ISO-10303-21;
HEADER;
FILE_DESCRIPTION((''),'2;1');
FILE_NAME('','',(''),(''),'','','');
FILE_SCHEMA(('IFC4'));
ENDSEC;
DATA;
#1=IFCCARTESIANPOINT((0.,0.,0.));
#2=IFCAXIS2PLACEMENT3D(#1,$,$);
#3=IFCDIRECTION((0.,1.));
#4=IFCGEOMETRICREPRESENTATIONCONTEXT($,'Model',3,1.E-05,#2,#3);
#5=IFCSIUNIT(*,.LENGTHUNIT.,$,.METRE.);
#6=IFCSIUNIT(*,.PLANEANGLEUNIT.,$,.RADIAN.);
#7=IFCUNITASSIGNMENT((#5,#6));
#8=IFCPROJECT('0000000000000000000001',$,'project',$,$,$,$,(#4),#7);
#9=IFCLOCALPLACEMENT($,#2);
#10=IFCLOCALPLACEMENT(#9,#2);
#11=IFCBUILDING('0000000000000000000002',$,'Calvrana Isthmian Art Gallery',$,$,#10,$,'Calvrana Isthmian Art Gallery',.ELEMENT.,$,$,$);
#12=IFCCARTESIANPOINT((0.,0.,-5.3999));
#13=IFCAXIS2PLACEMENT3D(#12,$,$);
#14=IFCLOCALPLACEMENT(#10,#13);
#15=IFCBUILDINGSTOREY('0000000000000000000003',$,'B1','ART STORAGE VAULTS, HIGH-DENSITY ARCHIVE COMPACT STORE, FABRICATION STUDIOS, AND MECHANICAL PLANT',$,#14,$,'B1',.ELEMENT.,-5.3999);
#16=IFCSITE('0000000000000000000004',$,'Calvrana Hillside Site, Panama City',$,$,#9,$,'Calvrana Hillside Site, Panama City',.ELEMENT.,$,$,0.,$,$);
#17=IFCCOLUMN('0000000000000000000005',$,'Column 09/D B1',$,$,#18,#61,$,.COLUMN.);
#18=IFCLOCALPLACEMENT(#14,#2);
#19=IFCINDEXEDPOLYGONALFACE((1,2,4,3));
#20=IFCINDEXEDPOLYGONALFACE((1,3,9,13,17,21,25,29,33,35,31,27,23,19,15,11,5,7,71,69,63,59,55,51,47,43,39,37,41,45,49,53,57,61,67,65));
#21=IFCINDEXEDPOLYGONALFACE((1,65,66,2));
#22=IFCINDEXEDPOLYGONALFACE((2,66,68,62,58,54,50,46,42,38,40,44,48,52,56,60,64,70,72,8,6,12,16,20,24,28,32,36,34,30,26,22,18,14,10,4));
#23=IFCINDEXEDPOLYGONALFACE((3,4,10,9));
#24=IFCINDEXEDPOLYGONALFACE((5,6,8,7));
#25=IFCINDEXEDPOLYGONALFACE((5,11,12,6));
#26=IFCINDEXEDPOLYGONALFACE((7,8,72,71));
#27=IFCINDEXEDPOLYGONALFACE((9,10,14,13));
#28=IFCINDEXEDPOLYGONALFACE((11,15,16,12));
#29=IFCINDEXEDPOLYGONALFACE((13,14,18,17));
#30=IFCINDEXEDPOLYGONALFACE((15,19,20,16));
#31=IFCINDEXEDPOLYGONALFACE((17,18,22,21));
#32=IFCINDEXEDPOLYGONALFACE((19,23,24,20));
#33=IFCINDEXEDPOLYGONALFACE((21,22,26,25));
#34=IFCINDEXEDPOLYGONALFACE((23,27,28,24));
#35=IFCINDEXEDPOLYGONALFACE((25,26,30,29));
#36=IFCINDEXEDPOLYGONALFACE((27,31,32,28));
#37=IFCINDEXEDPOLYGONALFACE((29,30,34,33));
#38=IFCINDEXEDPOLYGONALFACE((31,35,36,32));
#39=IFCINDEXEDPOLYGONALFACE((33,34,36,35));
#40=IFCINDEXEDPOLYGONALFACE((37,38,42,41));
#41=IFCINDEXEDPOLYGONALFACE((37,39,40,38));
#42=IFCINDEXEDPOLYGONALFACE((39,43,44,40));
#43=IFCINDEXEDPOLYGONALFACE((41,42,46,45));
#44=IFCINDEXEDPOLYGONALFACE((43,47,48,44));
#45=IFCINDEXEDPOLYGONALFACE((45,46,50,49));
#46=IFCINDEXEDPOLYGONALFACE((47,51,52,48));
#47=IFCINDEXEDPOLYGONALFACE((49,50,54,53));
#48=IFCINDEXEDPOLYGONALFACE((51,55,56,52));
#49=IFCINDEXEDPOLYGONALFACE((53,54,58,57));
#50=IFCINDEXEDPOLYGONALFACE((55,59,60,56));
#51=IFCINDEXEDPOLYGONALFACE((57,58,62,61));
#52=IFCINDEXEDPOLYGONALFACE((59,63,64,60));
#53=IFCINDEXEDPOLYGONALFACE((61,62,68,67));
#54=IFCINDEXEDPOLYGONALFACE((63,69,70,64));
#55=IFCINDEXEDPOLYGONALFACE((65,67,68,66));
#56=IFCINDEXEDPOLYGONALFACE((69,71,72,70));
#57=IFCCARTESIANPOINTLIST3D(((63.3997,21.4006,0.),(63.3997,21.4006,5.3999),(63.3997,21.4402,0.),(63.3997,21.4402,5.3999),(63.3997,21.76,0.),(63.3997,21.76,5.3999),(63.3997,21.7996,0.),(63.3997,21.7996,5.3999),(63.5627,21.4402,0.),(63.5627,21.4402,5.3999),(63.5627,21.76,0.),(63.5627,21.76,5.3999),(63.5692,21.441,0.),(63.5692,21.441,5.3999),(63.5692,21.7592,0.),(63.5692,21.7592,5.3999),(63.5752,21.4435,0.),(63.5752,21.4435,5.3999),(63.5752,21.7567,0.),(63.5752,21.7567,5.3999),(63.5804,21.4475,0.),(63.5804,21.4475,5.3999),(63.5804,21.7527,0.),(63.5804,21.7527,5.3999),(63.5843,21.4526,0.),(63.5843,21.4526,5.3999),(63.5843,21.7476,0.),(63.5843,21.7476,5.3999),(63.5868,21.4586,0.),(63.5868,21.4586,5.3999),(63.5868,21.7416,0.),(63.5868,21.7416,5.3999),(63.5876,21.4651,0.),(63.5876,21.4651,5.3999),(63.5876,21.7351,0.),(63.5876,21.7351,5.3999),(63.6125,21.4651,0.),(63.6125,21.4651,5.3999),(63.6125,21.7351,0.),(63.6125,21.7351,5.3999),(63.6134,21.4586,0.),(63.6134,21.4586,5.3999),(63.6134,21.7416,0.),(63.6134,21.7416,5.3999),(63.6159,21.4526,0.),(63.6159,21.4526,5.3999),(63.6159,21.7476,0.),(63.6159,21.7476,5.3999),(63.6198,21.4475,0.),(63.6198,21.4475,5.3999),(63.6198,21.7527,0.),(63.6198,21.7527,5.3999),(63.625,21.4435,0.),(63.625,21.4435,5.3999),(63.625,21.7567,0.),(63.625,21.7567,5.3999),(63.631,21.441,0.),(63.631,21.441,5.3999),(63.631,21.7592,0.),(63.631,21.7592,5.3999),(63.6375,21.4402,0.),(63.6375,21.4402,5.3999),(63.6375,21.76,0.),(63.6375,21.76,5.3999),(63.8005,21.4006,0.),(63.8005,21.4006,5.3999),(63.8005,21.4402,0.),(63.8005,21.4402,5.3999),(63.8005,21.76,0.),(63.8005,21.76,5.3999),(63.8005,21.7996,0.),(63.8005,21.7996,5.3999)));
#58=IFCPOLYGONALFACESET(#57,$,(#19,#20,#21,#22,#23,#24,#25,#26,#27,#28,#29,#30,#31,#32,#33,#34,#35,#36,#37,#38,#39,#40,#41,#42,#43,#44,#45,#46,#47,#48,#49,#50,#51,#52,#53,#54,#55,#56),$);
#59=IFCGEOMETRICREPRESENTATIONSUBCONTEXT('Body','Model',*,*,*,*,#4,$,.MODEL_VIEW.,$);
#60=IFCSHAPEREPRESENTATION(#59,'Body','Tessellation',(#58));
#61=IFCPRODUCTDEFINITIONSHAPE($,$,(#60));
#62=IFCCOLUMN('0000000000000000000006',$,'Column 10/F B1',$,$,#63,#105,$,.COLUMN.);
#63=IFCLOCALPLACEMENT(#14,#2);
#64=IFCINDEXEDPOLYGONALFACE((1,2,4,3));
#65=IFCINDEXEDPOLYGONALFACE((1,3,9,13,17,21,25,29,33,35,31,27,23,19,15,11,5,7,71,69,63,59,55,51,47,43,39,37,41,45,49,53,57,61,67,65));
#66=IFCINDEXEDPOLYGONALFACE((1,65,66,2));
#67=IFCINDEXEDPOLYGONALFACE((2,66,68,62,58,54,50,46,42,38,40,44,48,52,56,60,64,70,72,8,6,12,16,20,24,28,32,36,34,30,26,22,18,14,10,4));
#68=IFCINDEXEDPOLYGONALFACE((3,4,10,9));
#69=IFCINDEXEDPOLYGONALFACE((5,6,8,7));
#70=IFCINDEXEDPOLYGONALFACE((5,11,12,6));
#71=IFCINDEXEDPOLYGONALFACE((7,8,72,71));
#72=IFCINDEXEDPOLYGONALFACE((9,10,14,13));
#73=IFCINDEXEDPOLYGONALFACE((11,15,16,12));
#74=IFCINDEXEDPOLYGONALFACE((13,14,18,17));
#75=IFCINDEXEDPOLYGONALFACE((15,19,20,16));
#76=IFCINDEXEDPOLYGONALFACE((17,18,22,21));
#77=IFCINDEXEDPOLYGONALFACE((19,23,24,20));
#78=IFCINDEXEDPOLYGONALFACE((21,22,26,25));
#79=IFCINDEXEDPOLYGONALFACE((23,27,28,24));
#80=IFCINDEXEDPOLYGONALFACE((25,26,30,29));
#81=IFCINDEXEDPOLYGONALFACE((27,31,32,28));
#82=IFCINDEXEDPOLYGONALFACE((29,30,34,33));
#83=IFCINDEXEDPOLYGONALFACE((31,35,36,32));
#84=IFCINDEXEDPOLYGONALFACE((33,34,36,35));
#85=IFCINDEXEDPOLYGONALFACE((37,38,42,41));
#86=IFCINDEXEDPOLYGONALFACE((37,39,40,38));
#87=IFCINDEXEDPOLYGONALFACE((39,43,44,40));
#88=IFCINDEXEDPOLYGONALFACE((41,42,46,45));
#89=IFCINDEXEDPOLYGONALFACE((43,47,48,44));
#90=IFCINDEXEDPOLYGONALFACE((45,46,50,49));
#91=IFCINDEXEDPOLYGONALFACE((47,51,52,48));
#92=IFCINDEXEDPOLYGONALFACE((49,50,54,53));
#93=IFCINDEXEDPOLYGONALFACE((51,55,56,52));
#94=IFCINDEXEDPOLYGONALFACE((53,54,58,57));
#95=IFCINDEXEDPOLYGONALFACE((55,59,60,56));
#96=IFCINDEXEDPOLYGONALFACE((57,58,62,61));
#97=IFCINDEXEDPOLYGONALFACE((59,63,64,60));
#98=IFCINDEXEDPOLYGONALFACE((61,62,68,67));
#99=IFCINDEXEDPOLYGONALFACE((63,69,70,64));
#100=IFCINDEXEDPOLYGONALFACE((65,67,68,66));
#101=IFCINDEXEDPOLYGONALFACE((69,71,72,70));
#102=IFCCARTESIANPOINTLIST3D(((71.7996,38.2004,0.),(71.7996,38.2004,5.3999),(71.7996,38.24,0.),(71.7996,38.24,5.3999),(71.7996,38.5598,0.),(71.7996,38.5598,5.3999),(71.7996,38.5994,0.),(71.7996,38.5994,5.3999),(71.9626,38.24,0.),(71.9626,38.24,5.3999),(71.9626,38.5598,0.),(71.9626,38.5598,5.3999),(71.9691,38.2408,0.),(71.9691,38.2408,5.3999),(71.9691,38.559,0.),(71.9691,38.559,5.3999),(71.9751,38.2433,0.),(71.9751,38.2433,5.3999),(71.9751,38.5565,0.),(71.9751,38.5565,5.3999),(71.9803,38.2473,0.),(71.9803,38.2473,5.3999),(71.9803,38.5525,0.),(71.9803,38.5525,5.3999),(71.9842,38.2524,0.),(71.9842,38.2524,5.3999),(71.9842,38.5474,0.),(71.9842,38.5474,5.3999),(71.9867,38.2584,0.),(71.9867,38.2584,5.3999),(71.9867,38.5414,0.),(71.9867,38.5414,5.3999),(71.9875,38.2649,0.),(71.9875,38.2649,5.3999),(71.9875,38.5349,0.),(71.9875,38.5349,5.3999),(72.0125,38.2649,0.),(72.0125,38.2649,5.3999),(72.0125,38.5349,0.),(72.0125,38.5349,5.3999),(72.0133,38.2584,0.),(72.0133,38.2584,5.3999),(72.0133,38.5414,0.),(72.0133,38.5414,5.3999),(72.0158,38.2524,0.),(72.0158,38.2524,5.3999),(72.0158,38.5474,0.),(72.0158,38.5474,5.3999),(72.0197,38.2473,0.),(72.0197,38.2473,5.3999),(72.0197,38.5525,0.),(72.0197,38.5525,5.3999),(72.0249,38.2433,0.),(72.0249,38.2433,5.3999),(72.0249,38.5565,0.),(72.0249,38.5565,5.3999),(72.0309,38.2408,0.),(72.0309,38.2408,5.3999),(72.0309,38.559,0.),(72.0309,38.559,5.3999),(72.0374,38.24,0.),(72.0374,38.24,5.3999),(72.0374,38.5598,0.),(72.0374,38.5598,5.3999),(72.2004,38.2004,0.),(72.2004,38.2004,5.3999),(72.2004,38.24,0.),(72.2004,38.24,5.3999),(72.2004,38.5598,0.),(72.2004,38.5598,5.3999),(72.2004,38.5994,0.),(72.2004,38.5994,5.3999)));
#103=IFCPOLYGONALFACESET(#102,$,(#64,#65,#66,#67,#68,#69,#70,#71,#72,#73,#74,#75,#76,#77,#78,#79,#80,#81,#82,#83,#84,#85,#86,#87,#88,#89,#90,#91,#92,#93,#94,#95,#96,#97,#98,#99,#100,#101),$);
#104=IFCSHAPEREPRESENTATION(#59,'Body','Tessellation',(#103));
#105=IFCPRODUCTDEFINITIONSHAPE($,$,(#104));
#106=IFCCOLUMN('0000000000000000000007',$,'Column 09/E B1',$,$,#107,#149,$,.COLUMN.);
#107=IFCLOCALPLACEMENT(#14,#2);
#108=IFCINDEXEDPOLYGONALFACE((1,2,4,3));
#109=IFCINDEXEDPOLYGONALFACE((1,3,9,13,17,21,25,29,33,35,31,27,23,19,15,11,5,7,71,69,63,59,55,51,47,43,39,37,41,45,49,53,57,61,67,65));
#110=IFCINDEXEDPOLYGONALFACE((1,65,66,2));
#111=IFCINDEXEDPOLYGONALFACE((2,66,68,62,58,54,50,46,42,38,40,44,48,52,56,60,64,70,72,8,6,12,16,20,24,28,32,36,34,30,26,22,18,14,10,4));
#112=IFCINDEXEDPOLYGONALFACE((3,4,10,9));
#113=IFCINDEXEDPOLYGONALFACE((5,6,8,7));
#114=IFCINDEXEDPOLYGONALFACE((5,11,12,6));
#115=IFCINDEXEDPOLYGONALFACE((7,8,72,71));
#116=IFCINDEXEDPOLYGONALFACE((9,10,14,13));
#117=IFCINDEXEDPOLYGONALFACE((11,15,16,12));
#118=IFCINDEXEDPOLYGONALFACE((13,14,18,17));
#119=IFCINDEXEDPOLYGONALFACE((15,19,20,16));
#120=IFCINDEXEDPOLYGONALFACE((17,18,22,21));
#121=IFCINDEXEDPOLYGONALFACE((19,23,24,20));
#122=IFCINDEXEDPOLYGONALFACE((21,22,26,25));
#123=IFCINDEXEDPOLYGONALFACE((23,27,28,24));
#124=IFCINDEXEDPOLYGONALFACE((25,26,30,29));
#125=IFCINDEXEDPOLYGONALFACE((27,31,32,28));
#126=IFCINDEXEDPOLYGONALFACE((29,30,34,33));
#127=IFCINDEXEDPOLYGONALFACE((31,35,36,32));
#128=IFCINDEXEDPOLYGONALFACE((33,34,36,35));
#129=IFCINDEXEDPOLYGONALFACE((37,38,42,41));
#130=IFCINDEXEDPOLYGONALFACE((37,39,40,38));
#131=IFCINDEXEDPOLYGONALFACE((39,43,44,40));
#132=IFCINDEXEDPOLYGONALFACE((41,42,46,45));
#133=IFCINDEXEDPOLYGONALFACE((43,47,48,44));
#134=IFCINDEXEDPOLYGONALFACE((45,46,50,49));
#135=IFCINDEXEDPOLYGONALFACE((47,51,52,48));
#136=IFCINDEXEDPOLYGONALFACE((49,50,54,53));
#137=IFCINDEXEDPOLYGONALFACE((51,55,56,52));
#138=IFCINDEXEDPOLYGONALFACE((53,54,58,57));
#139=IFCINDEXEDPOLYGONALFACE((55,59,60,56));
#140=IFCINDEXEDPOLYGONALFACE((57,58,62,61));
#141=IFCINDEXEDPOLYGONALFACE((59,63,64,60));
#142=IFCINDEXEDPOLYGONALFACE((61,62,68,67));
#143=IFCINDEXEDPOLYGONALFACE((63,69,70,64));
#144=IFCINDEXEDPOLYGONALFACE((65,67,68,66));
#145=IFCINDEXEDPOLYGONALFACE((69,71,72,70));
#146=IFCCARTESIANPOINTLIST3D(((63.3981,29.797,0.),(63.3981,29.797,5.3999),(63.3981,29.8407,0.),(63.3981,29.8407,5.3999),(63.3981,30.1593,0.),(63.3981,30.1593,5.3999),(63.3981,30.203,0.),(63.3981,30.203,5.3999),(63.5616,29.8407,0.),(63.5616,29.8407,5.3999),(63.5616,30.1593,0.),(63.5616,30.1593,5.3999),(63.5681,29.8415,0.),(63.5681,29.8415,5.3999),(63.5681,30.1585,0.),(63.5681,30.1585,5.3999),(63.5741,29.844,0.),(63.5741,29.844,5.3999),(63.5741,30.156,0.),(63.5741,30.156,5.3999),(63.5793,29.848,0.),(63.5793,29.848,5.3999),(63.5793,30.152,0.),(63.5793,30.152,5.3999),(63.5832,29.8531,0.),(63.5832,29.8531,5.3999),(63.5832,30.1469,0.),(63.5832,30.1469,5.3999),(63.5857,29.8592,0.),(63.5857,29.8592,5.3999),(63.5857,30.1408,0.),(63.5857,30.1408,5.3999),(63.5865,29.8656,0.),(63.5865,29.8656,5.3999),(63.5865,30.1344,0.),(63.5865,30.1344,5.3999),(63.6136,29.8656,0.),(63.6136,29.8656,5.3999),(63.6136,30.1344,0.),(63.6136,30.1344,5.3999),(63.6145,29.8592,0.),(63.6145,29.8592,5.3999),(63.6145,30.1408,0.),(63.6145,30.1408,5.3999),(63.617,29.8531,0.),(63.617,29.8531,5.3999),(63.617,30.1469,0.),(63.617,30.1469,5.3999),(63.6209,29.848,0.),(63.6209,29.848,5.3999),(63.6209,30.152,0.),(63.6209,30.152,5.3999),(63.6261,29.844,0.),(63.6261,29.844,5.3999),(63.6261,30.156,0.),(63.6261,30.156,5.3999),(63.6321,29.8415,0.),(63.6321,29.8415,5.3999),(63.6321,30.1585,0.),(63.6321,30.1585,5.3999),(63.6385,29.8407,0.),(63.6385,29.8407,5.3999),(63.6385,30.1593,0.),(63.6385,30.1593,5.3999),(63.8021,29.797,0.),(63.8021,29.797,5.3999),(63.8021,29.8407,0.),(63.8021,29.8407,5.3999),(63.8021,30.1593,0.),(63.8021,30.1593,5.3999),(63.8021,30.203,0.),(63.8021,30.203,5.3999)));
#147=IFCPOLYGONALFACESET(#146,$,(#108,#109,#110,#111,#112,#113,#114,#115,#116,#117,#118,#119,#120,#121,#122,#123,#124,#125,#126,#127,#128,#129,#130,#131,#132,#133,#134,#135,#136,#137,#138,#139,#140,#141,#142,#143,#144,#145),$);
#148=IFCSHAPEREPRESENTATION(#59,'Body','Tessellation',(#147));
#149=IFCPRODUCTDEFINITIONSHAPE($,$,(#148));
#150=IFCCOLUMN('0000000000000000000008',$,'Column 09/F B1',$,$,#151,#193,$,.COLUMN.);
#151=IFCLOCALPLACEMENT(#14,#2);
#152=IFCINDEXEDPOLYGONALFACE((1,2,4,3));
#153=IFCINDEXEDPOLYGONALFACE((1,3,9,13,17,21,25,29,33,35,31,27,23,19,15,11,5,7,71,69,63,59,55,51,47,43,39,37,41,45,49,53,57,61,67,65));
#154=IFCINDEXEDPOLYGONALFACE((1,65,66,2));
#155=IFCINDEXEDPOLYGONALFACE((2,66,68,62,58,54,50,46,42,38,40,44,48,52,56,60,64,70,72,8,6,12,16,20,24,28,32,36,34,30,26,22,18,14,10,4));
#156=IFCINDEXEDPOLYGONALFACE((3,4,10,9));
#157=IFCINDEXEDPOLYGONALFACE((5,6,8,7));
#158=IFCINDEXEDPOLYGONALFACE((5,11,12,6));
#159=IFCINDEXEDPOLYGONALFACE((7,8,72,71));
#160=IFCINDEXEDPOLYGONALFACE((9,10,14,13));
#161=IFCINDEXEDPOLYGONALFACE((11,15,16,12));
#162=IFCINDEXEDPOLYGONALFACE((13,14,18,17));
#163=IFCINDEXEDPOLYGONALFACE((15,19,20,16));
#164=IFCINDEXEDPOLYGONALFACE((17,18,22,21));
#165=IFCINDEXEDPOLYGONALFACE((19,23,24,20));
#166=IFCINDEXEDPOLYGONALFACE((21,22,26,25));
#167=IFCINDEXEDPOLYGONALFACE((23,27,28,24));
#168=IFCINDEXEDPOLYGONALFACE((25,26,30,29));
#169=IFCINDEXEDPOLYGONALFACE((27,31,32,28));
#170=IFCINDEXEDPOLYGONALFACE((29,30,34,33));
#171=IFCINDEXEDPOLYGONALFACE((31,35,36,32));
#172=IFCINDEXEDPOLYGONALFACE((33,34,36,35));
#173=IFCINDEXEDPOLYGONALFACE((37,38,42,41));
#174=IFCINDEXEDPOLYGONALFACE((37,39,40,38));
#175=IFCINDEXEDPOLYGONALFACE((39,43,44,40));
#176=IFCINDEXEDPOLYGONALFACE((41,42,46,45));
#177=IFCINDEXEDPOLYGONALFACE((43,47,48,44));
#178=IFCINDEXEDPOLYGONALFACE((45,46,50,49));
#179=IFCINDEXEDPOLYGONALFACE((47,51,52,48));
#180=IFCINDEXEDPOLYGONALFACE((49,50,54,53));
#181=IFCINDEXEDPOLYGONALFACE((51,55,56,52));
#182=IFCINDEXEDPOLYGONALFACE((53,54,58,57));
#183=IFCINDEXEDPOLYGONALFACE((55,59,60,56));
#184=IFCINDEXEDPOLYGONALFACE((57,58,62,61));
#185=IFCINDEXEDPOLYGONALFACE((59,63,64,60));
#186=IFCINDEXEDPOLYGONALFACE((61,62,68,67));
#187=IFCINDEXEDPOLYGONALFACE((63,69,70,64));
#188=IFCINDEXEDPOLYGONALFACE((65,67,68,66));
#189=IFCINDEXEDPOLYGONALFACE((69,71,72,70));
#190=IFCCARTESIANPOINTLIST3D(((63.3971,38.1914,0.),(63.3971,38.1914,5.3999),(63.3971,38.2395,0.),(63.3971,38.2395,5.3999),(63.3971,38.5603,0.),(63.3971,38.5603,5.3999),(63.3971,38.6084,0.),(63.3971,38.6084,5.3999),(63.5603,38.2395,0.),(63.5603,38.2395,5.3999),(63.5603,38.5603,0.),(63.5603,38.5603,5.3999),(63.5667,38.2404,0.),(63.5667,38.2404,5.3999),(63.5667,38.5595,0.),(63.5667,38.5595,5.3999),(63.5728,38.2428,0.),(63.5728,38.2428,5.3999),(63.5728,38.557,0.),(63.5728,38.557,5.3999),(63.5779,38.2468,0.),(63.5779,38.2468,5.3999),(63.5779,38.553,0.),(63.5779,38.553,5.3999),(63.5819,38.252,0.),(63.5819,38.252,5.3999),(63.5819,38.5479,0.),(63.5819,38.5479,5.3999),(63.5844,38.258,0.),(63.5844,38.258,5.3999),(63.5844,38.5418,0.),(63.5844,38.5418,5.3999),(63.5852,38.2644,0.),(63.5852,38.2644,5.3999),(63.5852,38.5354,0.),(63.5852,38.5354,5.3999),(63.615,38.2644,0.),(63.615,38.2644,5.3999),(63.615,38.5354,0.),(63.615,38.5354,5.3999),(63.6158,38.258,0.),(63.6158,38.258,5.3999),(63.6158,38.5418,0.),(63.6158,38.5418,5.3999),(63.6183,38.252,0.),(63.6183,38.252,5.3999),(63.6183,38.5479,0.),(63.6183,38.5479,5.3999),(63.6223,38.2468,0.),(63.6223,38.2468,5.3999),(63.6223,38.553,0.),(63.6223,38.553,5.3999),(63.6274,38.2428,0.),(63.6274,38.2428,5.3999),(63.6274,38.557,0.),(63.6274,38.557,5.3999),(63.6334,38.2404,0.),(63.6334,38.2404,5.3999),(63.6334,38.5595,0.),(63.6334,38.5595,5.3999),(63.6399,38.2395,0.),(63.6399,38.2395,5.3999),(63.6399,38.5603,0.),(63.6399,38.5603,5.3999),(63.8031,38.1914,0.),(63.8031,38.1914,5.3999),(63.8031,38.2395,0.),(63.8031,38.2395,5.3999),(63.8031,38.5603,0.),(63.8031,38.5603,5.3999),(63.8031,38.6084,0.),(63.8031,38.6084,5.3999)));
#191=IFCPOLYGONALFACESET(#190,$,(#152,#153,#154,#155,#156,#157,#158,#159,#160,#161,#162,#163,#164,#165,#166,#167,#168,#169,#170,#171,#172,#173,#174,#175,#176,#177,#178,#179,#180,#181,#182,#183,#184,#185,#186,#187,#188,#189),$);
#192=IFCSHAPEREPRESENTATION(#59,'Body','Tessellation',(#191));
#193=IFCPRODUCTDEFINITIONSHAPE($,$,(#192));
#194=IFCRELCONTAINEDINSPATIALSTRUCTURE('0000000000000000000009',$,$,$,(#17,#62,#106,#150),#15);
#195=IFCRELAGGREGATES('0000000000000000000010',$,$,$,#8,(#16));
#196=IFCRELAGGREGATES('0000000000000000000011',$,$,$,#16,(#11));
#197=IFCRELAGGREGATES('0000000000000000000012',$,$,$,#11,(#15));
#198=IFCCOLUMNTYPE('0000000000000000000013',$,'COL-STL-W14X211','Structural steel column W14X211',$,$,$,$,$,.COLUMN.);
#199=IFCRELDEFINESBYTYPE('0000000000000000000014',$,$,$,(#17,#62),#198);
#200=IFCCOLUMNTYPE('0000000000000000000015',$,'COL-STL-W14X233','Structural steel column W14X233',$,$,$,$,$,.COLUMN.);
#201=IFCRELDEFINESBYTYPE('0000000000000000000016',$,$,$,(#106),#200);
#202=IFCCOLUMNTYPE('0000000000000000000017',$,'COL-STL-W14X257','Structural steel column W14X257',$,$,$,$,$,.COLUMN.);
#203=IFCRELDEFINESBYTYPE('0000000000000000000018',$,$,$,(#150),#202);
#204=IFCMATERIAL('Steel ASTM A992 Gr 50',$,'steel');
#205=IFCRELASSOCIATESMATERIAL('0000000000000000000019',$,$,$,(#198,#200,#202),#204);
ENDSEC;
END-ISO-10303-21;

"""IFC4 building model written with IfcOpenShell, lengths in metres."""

from ifc_helpers import new_model, si_unit, direction, frame, origin, origin_2d, place, context, subcontext, project, spatial, i_section, extrude, material, material_profile, profile_set, type_object, element, save


model = new_model("IFC4")

# Units and contexts
model_context = context("Model", 3, precision=1e-05, world=origin(), true_north=direction((0.0, 1.0)))
body_context = subcontext(model_context, "Body", "Model", "MODEL_VIEW")
ifc_project = project(units=[si_unit("LENGTHUNIT", "METRE"), si_unit("PLANEANGLEUNIT", "RADIAN")], contexts=[model_context])

# Site, building, storey
site_placement = place(None, origin())
site = spatial("IfcSite", under=ifc_project, at=site_placement, Name="Calvrana Hillside Site, Panama City", LongName="Calvrana Hillside Site, Panama City", CompositionType="ELEMENT", RefElevation=0.0)
building_placement = place(site_placement, origin())
building = spatial("IfcBuilding", under=site, at=building_placement, Name="Calvrana Isthmian Art Gallery", LongName="Calvrana Isthmian Art Gallery", CompositionType="ELEMENT")
storey_placement = place(building_placement, frame((0.0, 0.0, -5.3999)))
storey = spatial("IfcBuildingStorey", under=building, at=storey_placement, Name="B1", Description="ART STORAGE VAULTS, HIGH-DENSITY ARCHIVE COMPACT STORE, FABRICATION STUDIOS, AND MECHANICAL PLANT", LongName="B1", CompositionType="ELEMENT", Elevation=-5.3999)

# Columns
ifc_material_1 = material(Name="Steel ASTM A992 Gr 50", Category="steel")
ifc_material_profile_1 = material_profile(ifc_material_1, i_section(OverallWidth=0.4009, OverallDepth=0.3989, WebThickness=0.0249, FlangeThickness=0.0396, FilletRadius=0.0249, at=origin_2d()), Name="W14X211")
ifc_profile_set_1 = profile_set([ifc_material_profile_1], Name="Steel ASTM A992 Gr 50")
column_type_1 = type_object("IfcColumnType", Name="COL-STL-W14X211", Description="Structural steel column W14X211", PredefinedType="COLUMN", material=ifc_profile_set_1)
for number, where, z_axis, x_axis, name in (
    (1, (63.6001, 21.6001, 0.0), (0.0, 0.0, 1.0), (1.0, 0.0, 0.0), "Column 09/D B1"),
    (2, (72.0, 38.3999, 0.0), (0.0, 0.0, 1.0), (1.0, 0.0, 0.0), "Column 10/F B1"),
):
    element("IfcColumn", number, at=place(storey_placement, frame(where, z_axis=z_axis, x_axis=x_axis)), inside=storey, type_object=column_type_1, Name=name, PredefinedType="COLUMN", context=body_context, shape_type="SweptSolid", body=[
        extrude(i_section(OverallWidth=0.4009, OverallDepth=0.3989, WebThickness=0.0249, FlangeThickness=0.0396, FilletRadius=0.0249, at=origin_2d()), origin(), (0.0, 0.0, 1.0), 5.3999),
    ])
ifc_material_profile_2 = material_profile(ifc_material_1, i_section(OverallWidth=0.4041, OverallDepth=0.406, WebThickness=0.0271, FlangeThickness=0.0437, FilletRadius=0.0249, at=origin_2d()), Name="W14X233")
ifc_profile_set_2 = profile_set([ifc_material_profile_2], Name="Steel ASTM A992 Gr 50")
column_type_2 = type_object("IfcColumnType", Name="COL-STL-W14X233", Description="Structural steel column W14X233", PredefinedType="COLUMN", material=ifc_profile_set_2)
column_1_placement = place(storey_placement, frame((63.6001, 30.0, 0.0), z_axis=(0.0, 0.0, 1.0), x_axis=(1.0, 0.0, 0.0)))
element("IfcColumn", 3, at=column_1_placement, inside=storey, type_object=column_type_2, Name="Column 09/E B1", PredefinedType="COLUMN", context=body_context, shape_type="SweptSolid", body=[
    extrude(i_section(OverallWidth=0.4041, OverallDepth=0.406, WebThickness=0.0271, FlangeThickness=0.0437, FilletRadius=0.0249, at=origin_2d()), origin(), (0.0, 0.0, 1.0), 5.3999),
])
ifc_material_profile_3 = material_profile(ifc_material_1, i_section(OverallWidth=0.406, OverallDepth=0.417, WebThickness=0.0298, FlangeThickness=0.0481, FilletRadius=0.0249, at=origin_2d()), Name="W14X257")
ifc_profile_set_3 = profile_set([ifc_material_profile_3], Name="Steel ASTM A992 Gr 50")
column_type_3 = type_object("IfcColumnType", Name="COL-STL-W14X257", Description="Structural steel column W14X257", PredefinedType="COLUMN", material=ifc_profile_set_3)
column_2_placement = place(storey_placement, frame((63.6001, 38.3999, 0.0), z_axis=(0.0, 0.0, 1.0), x_axis=(1.0, 0.0, 0.0)))
element("IfcColumn", 4, at=column_2_placement, inside=storey, type_object=column_type_3, Name="Column 09/F B1", PredefinedType="COLUMN", context=body_context, shape_type="SweptSolid", body=[
    extrude(i_section(OverallWidth=0.406, OverallDepth=0.417, WebThickness=0.0298, FlangeThickness=0.0481, FilletRadius=0.0249, at=origin_2d()), origin(), (0.0, 0.0, 1.0), 5.3999),
])

save(model, "model.ifc")
